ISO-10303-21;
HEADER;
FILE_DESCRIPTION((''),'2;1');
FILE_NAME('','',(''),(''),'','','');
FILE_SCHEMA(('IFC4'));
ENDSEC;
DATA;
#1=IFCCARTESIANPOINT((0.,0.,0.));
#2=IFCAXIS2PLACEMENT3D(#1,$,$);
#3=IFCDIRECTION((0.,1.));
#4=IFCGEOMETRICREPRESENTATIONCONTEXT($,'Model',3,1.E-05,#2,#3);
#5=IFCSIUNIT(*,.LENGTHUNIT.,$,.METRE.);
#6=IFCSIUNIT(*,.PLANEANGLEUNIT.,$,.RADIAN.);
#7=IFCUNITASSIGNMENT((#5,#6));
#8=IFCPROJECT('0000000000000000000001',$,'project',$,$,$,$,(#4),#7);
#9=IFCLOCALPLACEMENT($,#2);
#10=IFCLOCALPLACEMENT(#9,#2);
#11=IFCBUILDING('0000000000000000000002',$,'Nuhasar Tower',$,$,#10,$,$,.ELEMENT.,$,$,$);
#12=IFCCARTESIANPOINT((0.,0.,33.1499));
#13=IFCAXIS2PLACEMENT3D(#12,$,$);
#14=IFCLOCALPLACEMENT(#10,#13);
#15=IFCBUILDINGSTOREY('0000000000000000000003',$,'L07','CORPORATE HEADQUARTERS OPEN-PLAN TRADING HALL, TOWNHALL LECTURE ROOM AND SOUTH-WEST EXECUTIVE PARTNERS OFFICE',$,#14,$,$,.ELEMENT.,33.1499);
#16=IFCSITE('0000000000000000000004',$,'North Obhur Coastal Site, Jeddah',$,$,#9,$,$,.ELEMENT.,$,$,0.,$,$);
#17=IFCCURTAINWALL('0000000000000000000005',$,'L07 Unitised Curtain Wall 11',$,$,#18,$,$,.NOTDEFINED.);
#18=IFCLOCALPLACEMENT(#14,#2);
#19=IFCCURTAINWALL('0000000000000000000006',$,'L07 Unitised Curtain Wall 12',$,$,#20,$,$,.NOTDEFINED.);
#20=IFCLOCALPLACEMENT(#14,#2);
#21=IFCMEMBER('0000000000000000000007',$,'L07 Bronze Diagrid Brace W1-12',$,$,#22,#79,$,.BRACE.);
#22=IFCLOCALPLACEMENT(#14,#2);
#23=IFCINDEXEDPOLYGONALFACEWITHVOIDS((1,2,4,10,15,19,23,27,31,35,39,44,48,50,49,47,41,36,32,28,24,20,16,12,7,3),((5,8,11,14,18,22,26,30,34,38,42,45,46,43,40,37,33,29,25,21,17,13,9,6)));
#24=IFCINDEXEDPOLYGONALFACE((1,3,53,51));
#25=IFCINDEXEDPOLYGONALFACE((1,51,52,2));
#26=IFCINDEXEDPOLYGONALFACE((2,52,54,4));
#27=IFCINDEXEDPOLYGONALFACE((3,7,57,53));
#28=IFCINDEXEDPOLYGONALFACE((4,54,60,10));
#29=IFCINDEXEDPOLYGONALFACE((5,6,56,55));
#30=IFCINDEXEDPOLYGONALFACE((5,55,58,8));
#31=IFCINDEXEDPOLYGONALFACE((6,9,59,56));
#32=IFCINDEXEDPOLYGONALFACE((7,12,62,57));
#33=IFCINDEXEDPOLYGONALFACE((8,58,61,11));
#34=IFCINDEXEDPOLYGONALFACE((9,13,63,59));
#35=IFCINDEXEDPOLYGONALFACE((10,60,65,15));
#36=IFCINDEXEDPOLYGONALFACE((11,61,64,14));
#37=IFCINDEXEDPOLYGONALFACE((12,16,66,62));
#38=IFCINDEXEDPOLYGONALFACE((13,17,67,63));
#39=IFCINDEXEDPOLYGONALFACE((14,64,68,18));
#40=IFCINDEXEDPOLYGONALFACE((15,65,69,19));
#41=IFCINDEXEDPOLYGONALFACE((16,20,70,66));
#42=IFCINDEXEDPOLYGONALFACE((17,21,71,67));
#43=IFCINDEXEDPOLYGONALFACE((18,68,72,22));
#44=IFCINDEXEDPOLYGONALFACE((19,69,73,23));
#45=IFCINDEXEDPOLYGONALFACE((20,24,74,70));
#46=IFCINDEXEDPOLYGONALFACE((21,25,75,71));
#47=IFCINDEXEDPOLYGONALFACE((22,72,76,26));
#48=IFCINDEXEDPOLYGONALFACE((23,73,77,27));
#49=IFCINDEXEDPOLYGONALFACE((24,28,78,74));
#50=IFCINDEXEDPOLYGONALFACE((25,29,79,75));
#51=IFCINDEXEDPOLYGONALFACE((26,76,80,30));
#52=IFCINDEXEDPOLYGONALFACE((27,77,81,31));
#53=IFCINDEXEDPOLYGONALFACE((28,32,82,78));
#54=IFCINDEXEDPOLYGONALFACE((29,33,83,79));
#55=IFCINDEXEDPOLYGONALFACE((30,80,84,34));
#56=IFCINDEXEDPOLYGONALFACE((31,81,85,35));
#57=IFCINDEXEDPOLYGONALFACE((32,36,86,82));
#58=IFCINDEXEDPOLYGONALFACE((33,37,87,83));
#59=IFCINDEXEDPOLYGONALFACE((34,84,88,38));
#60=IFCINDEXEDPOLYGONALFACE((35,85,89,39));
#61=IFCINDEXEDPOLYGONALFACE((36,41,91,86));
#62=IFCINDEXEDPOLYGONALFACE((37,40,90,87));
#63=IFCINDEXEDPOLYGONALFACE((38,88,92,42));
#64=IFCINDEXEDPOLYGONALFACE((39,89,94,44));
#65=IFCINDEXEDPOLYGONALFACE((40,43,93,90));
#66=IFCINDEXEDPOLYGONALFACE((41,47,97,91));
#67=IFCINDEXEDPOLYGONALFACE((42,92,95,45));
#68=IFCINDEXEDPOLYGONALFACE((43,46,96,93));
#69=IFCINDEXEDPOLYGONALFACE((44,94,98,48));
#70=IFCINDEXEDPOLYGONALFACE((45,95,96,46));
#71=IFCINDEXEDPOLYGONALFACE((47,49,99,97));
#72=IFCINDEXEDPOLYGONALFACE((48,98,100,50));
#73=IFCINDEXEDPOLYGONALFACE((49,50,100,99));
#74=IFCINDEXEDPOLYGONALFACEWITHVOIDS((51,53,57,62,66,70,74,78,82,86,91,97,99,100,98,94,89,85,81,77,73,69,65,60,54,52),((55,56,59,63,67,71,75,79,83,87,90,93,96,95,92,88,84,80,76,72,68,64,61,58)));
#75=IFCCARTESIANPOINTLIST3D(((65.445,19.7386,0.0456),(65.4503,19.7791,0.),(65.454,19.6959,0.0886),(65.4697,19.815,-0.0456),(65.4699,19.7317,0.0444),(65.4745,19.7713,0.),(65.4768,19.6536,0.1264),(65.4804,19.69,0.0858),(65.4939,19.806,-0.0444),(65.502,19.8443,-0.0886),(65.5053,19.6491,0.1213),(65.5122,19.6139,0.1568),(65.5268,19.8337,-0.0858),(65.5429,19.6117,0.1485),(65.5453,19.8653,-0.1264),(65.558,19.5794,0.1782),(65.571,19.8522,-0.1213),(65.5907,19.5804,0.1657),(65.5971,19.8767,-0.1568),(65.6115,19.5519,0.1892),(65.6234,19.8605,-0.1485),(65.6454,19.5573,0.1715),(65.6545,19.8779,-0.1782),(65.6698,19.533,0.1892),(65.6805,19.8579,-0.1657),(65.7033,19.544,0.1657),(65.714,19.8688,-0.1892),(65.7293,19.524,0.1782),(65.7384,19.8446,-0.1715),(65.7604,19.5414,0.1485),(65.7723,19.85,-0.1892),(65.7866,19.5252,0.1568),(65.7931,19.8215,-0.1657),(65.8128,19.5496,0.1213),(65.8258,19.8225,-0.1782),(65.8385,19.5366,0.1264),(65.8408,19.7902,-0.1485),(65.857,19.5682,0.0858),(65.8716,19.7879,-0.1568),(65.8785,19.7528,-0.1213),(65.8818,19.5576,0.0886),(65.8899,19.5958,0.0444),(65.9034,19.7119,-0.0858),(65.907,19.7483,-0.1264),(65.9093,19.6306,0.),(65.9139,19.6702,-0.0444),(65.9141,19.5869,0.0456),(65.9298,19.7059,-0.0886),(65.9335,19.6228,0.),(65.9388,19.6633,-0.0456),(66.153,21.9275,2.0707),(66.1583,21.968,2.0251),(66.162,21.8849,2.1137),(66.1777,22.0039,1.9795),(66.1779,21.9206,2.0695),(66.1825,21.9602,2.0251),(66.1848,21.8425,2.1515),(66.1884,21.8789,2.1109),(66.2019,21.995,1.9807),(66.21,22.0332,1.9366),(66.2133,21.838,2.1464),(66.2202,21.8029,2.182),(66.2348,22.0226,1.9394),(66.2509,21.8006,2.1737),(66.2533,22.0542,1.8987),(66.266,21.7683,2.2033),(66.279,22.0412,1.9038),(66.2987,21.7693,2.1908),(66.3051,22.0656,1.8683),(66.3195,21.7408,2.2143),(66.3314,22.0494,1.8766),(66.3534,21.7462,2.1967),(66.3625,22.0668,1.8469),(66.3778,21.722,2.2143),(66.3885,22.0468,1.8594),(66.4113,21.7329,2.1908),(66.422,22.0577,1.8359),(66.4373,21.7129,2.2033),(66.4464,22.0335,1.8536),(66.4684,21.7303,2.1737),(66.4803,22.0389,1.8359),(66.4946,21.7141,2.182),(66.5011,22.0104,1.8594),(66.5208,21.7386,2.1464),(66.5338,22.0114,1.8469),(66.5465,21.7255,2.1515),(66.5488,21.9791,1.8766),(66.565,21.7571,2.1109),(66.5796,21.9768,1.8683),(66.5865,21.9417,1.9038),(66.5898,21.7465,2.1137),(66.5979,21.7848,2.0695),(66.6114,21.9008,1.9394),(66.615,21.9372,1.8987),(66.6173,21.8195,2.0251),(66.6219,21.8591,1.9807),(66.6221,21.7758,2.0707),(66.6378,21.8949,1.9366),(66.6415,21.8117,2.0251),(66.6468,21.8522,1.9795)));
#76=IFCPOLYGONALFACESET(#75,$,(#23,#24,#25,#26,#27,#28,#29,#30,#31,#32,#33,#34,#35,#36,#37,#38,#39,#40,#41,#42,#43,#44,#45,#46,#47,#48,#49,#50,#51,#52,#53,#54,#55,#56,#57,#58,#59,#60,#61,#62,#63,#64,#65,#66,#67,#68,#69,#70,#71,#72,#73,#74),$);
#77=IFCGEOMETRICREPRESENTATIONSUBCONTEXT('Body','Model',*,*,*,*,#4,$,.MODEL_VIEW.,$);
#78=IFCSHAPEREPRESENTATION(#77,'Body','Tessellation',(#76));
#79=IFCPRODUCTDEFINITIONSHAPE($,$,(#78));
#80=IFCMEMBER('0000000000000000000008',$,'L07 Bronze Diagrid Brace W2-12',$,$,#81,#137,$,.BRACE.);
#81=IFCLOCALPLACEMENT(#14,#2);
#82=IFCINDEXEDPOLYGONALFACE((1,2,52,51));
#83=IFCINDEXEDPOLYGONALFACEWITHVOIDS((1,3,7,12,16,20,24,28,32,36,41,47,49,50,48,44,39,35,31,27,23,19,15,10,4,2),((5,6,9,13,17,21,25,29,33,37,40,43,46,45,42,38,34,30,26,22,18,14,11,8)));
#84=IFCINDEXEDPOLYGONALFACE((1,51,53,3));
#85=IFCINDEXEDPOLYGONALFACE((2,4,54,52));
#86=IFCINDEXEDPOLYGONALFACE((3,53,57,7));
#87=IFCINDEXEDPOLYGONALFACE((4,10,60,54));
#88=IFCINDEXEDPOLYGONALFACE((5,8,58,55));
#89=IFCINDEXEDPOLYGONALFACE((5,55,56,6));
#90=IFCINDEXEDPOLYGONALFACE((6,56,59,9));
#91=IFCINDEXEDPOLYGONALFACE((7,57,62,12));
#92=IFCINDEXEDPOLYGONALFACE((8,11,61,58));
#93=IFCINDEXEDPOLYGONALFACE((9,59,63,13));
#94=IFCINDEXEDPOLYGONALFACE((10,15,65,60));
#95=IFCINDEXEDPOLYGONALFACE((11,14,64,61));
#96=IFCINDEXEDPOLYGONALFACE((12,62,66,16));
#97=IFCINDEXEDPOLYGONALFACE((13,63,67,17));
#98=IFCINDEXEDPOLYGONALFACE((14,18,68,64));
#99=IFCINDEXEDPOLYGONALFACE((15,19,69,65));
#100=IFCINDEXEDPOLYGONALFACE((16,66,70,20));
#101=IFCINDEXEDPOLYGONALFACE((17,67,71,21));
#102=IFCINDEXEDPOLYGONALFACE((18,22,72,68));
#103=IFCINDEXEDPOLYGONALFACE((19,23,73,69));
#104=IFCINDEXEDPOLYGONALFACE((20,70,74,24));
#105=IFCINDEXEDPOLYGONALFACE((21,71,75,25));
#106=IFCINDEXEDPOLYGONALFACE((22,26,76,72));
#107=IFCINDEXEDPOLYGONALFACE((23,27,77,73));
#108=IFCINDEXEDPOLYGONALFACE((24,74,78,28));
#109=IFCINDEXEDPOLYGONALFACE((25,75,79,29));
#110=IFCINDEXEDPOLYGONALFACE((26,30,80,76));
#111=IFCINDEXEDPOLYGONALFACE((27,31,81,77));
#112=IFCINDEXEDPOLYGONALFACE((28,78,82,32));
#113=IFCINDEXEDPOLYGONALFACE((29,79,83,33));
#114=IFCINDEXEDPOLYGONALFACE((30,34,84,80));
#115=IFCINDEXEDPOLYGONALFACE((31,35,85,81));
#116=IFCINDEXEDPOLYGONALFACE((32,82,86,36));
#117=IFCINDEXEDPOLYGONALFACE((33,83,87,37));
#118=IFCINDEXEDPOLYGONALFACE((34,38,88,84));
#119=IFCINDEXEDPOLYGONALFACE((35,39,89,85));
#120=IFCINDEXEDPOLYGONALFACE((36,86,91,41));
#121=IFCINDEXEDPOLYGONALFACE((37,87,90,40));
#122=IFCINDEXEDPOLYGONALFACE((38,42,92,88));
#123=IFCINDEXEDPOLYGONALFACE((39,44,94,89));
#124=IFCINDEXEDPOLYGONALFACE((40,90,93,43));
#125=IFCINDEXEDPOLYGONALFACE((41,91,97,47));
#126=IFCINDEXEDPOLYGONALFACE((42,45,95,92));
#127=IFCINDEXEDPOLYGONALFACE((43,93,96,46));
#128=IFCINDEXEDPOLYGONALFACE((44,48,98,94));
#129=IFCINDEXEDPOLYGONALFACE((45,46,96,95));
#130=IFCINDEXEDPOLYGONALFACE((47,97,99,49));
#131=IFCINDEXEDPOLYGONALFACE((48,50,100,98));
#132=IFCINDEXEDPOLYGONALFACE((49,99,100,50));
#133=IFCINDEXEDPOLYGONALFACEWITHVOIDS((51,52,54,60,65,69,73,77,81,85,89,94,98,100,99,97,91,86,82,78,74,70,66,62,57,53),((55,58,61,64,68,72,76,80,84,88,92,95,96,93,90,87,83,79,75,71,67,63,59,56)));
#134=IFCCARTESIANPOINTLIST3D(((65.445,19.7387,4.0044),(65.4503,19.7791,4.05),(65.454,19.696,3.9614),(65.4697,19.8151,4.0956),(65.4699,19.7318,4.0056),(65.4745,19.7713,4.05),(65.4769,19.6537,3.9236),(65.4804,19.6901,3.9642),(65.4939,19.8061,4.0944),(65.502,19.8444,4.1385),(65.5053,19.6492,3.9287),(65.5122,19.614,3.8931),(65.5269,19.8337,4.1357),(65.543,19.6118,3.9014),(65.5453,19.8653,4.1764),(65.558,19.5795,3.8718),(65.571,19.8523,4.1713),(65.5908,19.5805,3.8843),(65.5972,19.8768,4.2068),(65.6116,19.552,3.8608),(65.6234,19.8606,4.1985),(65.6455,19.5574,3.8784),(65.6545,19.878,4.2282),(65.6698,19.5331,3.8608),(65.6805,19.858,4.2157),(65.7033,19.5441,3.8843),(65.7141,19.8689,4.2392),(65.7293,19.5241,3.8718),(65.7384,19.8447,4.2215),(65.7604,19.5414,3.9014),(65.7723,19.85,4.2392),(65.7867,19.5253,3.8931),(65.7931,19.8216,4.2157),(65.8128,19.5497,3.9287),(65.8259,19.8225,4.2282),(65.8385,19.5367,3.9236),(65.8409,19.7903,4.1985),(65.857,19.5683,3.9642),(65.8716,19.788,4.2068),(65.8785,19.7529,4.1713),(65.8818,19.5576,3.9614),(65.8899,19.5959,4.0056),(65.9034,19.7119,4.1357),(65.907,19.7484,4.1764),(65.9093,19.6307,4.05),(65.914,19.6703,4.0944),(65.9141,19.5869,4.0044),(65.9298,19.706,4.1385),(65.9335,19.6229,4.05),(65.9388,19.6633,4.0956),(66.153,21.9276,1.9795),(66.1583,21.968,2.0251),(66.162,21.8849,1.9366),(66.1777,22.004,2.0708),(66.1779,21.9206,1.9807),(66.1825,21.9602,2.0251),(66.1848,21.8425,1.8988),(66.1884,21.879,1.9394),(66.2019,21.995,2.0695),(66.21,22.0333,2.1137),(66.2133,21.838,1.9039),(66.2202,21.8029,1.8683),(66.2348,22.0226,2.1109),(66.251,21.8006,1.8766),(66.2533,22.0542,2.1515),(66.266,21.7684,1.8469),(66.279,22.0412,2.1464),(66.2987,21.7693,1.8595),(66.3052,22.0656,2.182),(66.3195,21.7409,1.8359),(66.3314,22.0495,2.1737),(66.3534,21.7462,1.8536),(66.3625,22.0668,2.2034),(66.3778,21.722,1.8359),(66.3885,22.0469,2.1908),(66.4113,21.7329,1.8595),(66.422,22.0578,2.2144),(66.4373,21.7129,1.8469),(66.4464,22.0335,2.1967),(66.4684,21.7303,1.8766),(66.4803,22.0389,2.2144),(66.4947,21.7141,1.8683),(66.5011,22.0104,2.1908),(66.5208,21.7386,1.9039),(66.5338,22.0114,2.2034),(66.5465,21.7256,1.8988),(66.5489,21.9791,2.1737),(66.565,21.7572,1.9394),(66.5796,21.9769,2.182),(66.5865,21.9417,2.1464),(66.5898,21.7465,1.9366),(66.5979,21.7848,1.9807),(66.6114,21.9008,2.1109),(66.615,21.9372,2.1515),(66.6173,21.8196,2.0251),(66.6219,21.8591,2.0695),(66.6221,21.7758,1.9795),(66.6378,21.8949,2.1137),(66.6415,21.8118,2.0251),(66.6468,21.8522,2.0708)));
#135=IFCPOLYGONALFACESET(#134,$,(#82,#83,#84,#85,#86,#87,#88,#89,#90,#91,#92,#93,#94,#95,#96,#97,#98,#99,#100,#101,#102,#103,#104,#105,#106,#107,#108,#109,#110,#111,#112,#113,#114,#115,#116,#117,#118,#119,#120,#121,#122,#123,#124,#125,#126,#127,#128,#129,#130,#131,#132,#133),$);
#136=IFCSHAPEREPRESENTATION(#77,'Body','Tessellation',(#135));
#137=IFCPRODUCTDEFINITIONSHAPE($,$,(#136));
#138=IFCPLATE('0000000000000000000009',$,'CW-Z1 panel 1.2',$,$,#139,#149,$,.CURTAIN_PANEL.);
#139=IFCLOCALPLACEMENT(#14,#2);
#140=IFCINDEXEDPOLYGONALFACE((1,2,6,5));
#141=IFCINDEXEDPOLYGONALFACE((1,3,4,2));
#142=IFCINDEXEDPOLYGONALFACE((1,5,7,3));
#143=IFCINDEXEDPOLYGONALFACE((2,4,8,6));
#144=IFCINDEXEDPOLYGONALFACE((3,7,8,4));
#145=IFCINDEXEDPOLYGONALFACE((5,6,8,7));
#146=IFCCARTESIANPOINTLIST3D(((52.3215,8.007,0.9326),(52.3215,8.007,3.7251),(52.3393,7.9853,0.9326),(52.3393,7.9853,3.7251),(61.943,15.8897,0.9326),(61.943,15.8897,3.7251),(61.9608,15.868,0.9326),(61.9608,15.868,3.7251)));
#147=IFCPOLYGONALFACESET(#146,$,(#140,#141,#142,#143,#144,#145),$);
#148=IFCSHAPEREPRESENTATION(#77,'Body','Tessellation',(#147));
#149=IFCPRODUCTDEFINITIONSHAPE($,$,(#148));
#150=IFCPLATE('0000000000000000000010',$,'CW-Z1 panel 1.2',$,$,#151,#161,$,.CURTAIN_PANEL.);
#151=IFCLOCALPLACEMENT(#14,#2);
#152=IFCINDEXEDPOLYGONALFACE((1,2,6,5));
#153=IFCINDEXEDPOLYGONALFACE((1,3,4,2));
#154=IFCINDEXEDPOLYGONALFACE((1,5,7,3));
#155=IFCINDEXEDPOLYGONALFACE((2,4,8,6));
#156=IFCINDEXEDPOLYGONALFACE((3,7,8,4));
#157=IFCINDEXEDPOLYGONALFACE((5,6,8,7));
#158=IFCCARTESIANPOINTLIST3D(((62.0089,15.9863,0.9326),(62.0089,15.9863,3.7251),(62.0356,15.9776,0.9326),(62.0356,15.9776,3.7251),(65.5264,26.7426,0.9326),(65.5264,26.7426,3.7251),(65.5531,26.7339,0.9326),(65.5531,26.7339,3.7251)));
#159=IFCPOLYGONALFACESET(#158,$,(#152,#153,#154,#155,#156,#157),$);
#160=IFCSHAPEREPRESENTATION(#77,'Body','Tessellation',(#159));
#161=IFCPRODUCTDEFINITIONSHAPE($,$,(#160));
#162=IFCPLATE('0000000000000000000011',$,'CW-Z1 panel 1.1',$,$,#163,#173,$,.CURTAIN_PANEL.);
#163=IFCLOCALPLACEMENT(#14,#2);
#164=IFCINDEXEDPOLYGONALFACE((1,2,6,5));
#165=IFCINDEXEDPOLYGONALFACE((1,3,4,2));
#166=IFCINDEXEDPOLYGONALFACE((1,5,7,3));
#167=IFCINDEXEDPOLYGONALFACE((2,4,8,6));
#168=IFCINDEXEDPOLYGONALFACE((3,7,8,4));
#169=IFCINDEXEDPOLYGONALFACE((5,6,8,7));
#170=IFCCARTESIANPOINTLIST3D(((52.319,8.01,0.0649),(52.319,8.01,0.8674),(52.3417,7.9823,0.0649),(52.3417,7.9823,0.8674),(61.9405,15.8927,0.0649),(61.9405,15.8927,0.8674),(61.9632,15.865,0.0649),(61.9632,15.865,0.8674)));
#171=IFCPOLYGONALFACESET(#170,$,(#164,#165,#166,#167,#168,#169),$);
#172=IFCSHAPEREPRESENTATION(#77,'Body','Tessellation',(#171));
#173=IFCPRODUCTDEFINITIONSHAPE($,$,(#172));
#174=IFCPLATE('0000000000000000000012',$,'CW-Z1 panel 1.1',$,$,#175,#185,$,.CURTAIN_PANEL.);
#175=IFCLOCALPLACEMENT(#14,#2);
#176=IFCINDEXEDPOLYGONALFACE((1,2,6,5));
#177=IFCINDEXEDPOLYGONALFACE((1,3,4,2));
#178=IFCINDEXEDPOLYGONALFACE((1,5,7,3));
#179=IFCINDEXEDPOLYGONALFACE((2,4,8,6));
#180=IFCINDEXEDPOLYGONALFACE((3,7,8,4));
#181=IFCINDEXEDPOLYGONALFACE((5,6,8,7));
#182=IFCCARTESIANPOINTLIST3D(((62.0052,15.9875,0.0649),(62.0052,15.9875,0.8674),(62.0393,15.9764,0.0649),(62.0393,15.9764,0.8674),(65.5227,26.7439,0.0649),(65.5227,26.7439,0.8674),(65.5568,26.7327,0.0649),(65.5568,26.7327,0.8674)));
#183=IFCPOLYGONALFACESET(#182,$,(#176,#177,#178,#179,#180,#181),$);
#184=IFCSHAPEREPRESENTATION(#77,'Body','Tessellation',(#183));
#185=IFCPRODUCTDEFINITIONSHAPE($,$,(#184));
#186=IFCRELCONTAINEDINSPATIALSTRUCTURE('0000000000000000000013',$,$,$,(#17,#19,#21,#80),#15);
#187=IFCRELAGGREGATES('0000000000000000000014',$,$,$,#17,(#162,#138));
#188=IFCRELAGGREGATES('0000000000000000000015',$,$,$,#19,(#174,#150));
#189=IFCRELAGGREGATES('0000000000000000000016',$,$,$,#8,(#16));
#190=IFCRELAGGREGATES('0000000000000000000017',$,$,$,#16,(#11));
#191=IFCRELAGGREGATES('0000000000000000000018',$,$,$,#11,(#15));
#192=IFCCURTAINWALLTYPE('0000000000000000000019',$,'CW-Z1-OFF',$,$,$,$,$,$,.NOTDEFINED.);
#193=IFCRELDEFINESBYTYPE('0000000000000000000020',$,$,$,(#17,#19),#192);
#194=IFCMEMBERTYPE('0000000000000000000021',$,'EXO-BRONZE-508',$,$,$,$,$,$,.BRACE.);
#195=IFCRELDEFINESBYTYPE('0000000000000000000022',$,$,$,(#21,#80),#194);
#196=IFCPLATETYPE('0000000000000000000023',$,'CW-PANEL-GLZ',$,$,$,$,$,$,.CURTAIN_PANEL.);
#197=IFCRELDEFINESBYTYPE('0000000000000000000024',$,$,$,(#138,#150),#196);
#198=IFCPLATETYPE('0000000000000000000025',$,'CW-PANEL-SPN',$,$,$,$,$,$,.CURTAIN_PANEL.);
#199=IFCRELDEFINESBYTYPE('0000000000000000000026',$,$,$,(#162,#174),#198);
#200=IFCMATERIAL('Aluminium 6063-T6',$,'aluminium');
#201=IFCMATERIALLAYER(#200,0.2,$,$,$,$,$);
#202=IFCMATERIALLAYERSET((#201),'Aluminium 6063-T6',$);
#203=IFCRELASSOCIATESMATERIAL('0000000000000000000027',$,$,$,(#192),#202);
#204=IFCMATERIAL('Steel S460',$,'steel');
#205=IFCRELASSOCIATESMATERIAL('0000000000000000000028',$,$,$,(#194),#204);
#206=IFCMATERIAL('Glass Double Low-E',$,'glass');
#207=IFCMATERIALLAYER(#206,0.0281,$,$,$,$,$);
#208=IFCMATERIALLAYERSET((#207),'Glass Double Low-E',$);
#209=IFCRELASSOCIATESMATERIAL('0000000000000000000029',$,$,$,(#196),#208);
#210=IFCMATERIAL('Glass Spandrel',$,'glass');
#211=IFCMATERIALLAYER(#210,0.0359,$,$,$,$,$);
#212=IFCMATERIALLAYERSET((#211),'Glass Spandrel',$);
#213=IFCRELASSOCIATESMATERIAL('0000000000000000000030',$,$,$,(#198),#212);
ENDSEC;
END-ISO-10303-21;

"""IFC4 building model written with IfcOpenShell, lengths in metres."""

from ifc_helpers import new_model, si_unit, direction, frame, origin, origin_2d, place, context, subcontext, project, spatial, rectangle, hollow_circle, extrude, material, layer, layer_set, material_profile, profile_set, type_object, element, aggregate, save


model = new_model("IFC4")

# Units and contexts
model_context = context("Model", 3, precision=1e-05, world=origin(), true_north=direction((0.0, 1.0)))
body_context = subcontext(model_context, "Body", "Model", "MODEL_VIEW")
ifc_project = project(units=[si_unit("LENGTHUNIT", "METRE"), si_unit("PLANEANGLEUNIT", "RADIAN")], contexts=[model_context])

# Site, building, storey
site_placement = place(None, origin())
site = spatial("IfcSite", under=ifc_project, at=site_placement, Name="North Obhur Coastal Site, Jeddah", CompositionType="ELEMENT", RefElevation=0.0)
building_placement = place(site_placement, origin())
building = spatial("IfcBuilding", under=site, at=building_placement, Name="Nuhasar Tower", CompositionType="ELEMENT")
storey_placement = place(building_placement, frame((0.0, 0.0, 33.1499)))
storey = spatial("IfcBuildingStorey", under=building, at=storey_placement, Name="L07", Description="CORPORATE HEADQUARTERS OPEN-PLAN TRADING HALL, TOWNHALL LECTURE ROOM AND SOUTH-WEST EXECUTIVE PARTNERS OFFICE", CompositionType="ELEMENT", Elevation=33.1499)

# Curtain wall
ifc_material_1 = material(Name="Aluminium 6063-T6", Category="aluminium")
ifc_layer_1 = layer(ifc_material_1, 0.2)
ifc_layer_set_1 = layer_set([ifc_layer_1], Name="Aluminium 6063-T6")
curtain_wall_type = type_object("IfcCurtainWallType", Name="CW-Z1-OFF", PredefinedType="NOTDEFINED", material=ifc_layer_set_1)
curtain_wall_1_placement = place(storey_placement, origin())
curtain_wall_1 = element("IfcCurtainWall", 1, at=curtain_wall_1_placement, inside=storey, type_object=curtain_wall_type, Name="L07 Unitised Curtain Wall 11", PredefinedType="NOTDEFINED")

# Curtain wall
curtain_wall_2_placement = place(storey_placement, origin())
curtain_wall_2 = element("IfcCurtainWall", 2, at=curtain_wall_2_placement, inside=storey, type_object=curtain_wall_type, Name="L07 Unitised Curtain Wall 12", PredefinedType="NOTDEFINED")

# Members
ifc_material_2 = material(Name="Steel S460", Category="steel")
ifc_material_profile_1 = material_profile(ifc_material_2, hollow_circle(Radius=0.2539, WallThickness=0.0254, at=origin_2d()), Name="HSS508X25.4")
ifc_profile_set_1 = profile_set([ifc_material_profile_1], Name="Steel S460")
member_type_1 = type_object("IfcMemberType", Name="EXO-BRONZE-508", PredefinedType="BRACE", material=ifc_profile_set_1)
member_1_placement = place(storey_placement, frame((65.6919, 19.7009, 0.0), z_axis=(0.231, 0.714187, 0.660739), x_axis=(-0.951468, 0.307747, 0.0)))
element("IfcMember", 3, at=member_1_placement, inside=storey, type_object=member_type_1, Name="L07 Bronze Diagrid Brace W1-12", PredefinedType="BRACE", context=body_context, shape_type="SweptSolid", body=[
    extrude(hollow_circle(Radius=0.2539, WallThickness=0.0254, at=origin_2d()), origin(), (0.0, 0.0, 1.0), 3.0649),
])
member_2_placement = place(storey_placement, frame((66.3999, 21.8899, 2.0251), z_axis=(-0.231012, -0.714225, 0.660694), x_axis=(0.951468, -0.307747, 0.0)))
element("IfcMember", 4, at=member_2_placement, inside=storey, type_object=member_type_1, Name="L07 Bronze Diagrid Brace W2-12", PredefinedType="BRACE", context=body_context, shape_type="SweptSolid", body=[
    extrude(hollow_circle(Radius=0.2539, WallThickness=0.0254, at=origin_2d()), origin(), (0.0, 0.0, 1.0), 3.0647),
])

# Plates
ifc_material_3 = material(Name="Glass Double Low-E", Category="glass")
ifc_layer_2 = layer(ifc_material_3, 0.0281)
ifc_layer_set_2 = layer_set([ifc_layer_2], Name="Glass Double Low-E")
plate_type_1 = type_object("IfcPlateType", Name="CW-PANEL-GLZ", PredefinedType="CURTAIN_PANEL", material=ifc_layer_set_2)
plate_1_placement = place(storey_placement, frame((57.1411, 11.9375, 0.9326), z_axis=(0.0, 0.0, 1.0), x_axis=(0.773542, 0.633745, 0.0)))
plate_1 = element("IfcPlate", 5, at=plate_1_placement, type_object=plate_type_1, Name="CW-Z1 panel 1.2", PredefinedType="CURTAIN_PANEL", context=body_context, shape_type="SweptSolid", body=[
    extrude(rectangle(XDim=12.4382, YDim=0.0281, at=origin_2d()), origin(), (0.0, 0.0, 1.0), 2.7925),
])
plate_2_placement = place(storey_placement, frame((63.781, 21.3601, 0.9326), z_axis=(0.0, 0.0, 1.0), x_axis=(0.310824, 0.950468, 0.0)))
plate_2 = element("IfcPlate", 6, at=plate_2_placement, type_object=plate_type_1, Name="CW-Z1 panel 1.2", PredefinedType="CURTAIN_PANEL", context=body_context, shape_type="SweptSolid", body=[
    extrude(rectangle(XDim=11.3169, YDim=0.0281, at=origin_2d()), origin(), (0.0, 0.0, 1.0), 2.7925),
])
ifc_material_4 = material(Name="Glass Spandrel", Category="glass")
ifc_layer_3 = layer(ifc_material_4, 0.0359)
ifc_layer_set_3 = layer_set([ifc_layer_3], Name="Glass Spandrel")
plate_type_2 = type_object("IfcPlateType", Name="CW-PANEL-SPN", PredefinedType="CURTAIN_PANEL", material=ifc_layer_set_3)
plate_3_placement = place(storey_placement, frame((57.1411, 11.9375, 0.0649), z_axis=(0.0, 0.0, 1.0), x_axis=(0.773542, 0.633745, 0.0)))
plate_3 = element("IfcPlate", 7, at=plate_3_placement, type_object=plate_type_2, Name="CW-Z1 panel 1.1", PredefinedType="CURTAIN_PANEL", context=body_context, shape_type="SweptSolid", body=[
    extrude(rectangle(XDim=12.4382, YDim=0.0359, at=origin_2d()), origin(), (0.0, 0.0, 1.0), 0.8025),
])
aggregate(curtain_wall_1, [plate_3, plate_1])
plate_4_placement = place(storey_placement, frame((63.781, 21.3601, 0.0649), z_axis=(0.0, 0.0, 1.0), x_axis=(0.310824, 0.950468, 0.0)))
plate_4 = element("IfcPlate", 8, at=plate_4_placement, type_object=plate_type_2, Name="CW-Z1 panel 1.1", PredefinedType="CURTAIN_PANEL", context=body_context, shape_type="SweptSolid", body=[
    extrude(rectangle(XDim=11.3169, YDim=0.0359, at=origin_2d()), origin(), (0.0, 0.0, 1.0), 0.8025),
])
aggregate(curtain_wall_2, [plate_4, plate_2])

save(model, "model.ifc")
